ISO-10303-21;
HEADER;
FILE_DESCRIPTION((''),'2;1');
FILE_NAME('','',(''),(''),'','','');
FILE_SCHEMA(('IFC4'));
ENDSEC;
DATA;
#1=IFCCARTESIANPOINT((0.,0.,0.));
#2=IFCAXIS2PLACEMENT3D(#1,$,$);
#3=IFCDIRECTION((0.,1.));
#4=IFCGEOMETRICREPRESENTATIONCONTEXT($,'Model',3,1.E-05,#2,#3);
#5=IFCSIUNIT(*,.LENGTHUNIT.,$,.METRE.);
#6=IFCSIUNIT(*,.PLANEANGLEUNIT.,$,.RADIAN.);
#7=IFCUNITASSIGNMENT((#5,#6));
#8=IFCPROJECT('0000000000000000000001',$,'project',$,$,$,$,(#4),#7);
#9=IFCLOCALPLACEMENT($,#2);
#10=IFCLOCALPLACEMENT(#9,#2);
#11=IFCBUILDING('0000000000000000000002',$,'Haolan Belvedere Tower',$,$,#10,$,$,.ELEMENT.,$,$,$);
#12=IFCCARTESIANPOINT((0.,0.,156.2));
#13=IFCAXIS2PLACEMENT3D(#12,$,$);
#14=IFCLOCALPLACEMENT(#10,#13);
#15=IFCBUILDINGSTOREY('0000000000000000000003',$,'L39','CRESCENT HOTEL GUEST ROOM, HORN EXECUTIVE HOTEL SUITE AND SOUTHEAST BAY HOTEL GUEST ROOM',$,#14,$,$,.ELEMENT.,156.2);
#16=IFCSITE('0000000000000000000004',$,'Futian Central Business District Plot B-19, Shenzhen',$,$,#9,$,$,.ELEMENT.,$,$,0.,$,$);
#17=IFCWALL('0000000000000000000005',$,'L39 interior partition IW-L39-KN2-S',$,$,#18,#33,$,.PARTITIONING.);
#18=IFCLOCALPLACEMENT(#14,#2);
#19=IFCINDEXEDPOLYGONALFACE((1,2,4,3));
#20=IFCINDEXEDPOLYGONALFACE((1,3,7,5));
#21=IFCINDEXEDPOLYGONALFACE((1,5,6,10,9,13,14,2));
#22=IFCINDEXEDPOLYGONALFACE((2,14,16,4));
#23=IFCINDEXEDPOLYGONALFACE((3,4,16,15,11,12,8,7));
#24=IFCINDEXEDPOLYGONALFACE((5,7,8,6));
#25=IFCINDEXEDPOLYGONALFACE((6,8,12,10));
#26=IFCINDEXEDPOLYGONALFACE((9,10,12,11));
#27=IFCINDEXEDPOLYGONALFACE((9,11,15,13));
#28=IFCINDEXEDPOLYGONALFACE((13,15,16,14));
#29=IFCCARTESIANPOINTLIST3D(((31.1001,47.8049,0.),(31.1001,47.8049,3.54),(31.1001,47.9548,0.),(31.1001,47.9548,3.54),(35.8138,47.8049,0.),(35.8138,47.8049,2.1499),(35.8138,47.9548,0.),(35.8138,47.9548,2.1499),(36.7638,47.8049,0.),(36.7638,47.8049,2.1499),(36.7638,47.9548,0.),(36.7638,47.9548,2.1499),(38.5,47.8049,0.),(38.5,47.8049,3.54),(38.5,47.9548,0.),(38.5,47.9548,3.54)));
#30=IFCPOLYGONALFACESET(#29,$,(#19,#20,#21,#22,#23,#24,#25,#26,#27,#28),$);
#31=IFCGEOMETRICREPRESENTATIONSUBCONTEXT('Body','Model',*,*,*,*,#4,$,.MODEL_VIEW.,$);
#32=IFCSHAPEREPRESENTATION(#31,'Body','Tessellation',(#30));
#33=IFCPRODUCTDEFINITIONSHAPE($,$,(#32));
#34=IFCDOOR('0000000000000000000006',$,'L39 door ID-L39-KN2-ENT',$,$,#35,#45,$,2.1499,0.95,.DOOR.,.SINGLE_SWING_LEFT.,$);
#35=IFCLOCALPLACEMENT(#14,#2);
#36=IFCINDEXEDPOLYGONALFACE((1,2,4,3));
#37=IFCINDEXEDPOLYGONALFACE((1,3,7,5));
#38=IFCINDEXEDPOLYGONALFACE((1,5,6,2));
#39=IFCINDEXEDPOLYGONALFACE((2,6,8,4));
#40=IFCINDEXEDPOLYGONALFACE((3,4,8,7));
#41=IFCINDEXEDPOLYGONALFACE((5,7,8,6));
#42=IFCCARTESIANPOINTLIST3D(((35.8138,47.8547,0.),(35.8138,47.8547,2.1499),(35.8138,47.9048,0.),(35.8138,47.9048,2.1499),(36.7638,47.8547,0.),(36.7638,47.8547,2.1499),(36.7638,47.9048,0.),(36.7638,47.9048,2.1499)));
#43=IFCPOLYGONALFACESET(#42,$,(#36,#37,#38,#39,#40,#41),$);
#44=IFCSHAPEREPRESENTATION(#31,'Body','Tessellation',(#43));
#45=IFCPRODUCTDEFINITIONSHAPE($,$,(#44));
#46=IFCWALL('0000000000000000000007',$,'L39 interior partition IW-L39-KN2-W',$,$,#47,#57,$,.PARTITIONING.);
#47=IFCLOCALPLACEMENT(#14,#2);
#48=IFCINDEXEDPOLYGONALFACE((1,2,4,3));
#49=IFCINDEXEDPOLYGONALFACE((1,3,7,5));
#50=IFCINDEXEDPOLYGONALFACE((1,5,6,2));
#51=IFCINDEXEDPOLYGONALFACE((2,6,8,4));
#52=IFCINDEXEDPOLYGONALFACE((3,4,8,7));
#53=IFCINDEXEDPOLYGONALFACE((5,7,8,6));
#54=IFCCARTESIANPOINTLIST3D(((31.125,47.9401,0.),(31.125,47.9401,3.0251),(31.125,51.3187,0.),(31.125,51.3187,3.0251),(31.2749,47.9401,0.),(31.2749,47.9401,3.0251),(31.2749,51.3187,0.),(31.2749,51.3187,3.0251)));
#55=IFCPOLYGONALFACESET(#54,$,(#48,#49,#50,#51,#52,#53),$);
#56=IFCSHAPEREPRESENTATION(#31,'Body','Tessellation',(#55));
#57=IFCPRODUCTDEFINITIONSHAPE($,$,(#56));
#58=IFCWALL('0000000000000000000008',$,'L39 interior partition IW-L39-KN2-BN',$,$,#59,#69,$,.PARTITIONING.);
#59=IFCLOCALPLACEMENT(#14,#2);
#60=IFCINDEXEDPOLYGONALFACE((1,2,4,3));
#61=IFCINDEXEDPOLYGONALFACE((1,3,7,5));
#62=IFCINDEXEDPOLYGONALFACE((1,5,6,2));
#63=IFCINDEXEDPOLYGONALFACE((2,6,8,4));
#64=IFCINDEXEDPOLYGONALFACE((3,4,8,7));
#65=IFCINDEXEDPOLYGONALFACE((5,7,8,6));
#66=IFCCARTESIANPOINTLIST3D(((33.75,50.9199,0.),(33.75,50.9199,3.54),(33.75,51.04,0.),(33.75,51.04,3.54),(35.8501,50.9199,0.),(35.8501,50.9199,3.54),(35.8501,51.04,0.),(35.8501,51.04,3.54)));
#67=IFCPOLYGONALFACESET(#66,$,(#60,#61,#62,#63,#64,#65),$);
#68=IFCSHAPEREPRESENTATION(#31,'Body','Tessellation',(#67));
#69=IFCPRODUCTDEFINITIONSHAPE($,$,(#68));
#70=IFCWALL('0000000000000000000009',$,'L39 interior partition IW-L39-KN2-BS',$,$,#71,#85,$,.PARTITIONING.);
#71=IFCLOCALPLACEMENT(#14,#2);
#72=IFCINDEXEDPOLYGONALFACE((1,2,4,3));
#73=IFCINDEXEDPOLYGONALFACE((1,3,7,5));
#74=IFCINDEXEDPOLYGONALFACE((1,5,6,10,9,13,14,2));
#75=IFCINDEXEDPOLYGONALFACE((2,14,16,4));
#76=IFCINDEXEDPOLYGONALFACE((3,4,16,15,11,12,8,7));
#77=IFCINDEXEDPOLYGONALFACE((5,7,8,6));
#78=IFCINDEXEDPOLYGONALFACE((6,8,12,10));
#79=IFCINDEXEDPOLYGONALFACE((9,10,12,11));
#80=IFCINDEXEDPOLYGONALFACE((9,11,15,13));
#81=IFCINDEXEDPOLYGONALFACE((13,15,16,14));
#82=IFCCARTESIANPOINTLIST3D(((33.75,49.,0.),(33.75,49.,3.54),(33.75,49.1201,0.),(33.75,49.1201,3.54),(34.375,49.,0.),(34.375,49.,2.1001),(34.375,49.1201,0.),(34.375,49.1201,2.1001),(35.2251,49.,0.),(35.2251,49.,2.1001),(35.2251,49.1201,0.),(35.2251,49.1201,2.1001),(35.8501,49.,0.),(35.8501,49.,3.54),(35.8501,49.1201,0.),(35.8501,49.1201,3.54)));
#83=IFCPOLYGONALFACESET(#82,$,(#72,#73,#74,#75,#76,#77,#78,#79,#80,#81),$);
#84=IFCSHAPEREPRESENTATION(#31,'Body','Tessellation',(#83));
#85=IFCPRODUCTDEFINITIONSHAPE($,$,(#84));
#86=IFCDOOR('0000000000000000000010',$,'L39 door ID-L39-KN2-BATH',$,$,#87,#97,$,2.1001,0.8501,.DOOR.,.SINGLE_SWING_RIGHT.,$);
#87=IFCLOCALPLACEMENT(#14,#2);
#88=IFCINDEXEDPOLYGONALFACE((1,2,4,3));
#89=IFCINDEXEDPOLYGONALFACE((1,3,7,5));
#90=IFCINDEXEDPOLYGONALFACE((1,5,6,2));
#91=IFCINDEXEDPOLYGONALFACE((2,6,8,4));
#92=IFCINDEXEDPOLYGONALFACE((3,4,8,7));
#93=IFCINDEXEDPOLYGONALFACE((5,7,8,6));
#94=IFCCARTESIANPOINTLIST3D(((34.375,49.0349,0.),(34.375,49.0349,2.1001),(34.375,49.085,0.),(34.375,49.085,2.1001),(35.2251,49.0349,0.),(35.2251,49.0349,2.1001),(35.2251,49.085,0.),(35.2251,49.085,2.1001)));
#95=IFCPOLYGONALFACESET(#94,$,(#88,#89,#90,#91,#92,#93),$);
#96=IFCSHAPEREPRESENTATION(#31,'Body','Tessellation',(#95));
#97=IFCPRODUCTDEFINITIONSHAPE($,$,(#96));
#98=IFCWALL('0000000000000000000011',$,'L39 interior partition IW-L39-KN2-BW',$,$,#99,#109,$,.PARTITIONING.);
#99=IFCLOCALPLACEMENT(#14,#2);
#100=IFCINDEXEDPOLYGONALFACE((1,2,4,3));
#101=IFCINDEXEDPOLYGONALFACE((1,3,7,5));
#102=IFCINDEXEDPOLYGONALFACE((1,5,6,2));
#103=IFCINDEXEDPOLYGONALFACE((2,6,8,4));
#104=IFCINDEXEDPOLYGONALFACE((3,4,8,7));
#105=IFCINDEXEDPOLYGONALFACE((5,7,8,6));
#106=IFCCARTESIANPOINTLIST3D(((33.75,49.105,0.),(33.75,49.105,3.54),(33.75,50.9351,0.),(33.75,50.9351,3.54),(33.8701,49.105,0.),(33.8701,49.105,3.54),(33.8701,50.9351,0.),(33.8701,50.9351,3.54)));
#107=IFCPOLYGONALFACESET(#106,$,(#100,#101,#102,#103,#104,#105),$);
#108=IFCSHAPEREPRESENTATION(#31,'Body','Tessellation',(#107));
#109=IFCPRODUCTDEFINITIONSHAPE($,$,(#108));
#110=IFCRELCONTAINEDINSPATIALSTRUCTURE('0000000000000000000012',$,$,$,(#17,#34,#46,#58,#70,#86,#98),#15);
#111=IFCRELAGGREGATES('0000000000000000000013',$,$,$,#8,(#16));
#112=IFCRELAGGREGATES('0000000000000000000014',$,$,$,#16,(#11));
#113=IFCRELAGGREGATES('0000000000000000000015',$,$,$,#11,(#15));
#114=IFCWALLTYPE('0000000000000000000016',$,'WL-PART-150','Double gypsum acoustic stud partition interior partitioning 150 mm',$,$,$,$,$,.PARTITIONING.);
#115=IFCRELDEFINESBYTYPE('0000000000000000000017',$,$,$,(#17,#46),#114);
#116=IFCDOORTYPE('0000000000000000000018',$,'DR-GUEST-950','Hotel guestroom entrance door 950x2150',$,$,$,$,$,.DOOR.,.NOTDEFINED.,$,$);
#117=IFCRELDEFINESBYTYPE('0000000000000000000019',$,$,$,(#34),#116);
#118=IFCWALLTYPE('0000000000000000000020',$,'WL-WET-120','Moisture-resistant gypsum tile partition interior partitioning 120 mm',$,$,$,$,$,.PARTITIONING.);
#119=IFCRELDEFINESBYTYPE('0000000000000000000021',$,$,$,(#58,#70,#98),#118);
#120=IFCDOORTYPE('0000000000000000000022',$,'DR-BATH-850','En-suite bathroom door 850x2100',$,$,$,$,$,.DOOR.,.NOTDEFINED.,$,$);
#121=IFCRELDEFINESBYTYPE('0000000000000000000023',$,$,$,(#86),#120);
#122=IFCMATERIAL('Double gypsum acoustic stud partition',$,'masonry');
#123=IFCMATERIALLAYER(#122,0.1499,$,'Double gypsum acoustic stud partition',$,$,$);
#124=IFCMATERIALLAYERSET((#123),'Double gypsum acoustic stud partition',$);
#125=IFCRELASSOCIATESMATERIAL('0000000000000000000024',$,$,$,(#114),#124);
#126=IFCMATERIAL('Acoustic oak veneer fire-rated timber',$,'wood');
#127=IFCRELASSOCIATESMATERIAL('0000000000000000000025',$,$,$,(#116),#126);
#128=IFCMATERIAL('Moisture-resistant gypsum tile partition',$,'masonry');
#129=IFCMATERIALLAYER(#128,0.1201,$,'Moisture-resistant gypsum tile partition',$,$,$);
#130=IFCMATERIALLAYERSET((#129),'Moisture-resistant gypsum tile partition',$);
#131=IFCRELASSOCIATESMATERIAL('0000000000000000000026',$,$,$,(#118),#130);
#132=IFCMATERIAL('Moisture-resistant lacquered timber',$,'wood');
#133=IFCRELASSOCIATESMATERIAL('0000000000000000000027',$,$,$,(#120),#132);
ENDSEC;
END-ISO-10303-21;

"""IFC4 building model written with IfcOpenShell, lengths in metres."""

from ifc_helpers import new_model, si_unit, direction, frame, frame_2d, origin, place, context, subcontext, project, spatial, rectangle, extrude, material, layer, layer_set, type_object, element, fill, save


model = new_model("IFC4")

# Units and contexts
model_context = context("Model", 3, precision=1e-05, world=origin(), true_north=direction((0.0, 1.0)))
body_context = subcontext(model_context, "Body", "Model", "MODEL_VIEW")
ifc_project = project(units=[si_unit("LENGTHUNIT", "METRE"), si_unit("PLANEANGLEUNIT", "RADIAN")], contexts=[model_context])

# Site, building, storey
site_placement = place(None, origin())
site = spatial("IfcSite", under=ifc_project, at=site_placement, Name="Futian Central Business District Plot B-19, Shenzhen", CompositionType="ELEMENT", RefElevation=0.0)
building_placement = place(site_placement, origin())
building = spatial("IfcBuilding", under=site, at=building_placement, Name="Haolan Belvedere Tower", CompositionType="ELEMENT")
storey_placement = place(building_placement, frame((0.0, 0.0, 156.2)))
storey = spatial("IfcBuildingStorey", under=building, at=storey_placement, Name="L39", Description="CRESCENT HOTEL GUEST ROOM, HORN EXECUTIVE HOTEL SUITE AND SOUTHEAST BAY HOTEL GUEST ROOM", CompositionType="ELEMENT", Elevation=156.2)

# Wall, opening, door
ifc_material_1 = material(Name="Double gypsum acoustic stud partition", Category="masonry")
ifc_layer_1 = layer(ifc_material_1, 0.1499, Name="Double gypsum acoustic stud partition")
ifc_layer_set_1 = layer_set([ifc_layer_1], Name="Double gypsum acoustic stud partition")
wall_type_1 = type_object("IfcWallType", Name="WL-PART-150", Description="Double gypsum acoustic stud partition interior partitioning 150 mm", PredefinedType="PARTITIONING", material=ifc_layer_set_1)
wall_1_placement = place(storey_placement, frame((31.1001, 47.8799, 0.0), z_axis=(0.0, 0.0, 1.0), x_axis=(1.0, 0.0, 0.0)))
wall_1 = element("IfcWall", 1, at=wall_1_placement, inside=storey, type_object=wall_type_1, Name="L39 interior partition IW-L39-KN2-S", PredefinedType="PARTITIONING", context=body_context, shape_type="SweptSolid", body=[
    extrude(rectangle(XDim=7.3999, YDim=0.1499, at=frame_2d((3.7, 0.0))), origin(), (0.0, 0.0, 1.0), 3.54),
])
opening_1_placement = place(wall_1_placement, frame((4.7136, 0.0, 0.0)))
opening_1 = element("IfcOpeningElement", 2, at=opening_1_placement, cuts=wall_1, PredefinedType="OPENING", context=body_context, shape_type="SweptSolid", body=[
    extrude(rectangle(XDim=0.95, YDim=2.1499, at=frame_2d((0.4751, 1.075))), frame((0.0, 0.085, 0.0), z_axis=(0.0, -1.0, 0.0), x_axis=(1.0, 0.0, 0.0)), (0.0, 0.0, 1.0), 0.1699),
])
ifc_material_2 = material(Name="Acoustic oak veneer fire-rated timber", Category="wood")
door_type_1 = type_object("IfcDoorType", Name="DR-GUEST-950", Description="Hotel guestroom entrance door 950x2150", OperationType="NOTDEFINED", PredefinedType="DOOR", material=ifc_material_2)
door_1_placement = place(opening_1_placement, origin())
door_1 = element("IfcDoor", 3, at=door_1_placement, inside=storey, type_object=door_type_1, Name="L39 door ID-L39-KN2-ENT", OperationType="SINGLE_SWING_LEFT", OverallHeight=2.1499, OverallWidth=0.95, PredefinedType="DOOR", context=body_context, shape_type="SweptSolid", body=[
    extrude(rectangle(XDim=0.95, YDim=2.1499, at=frame_2d((0.4751, 1.075))), frame((0.0, 0.0249, 0.0), z_axis=(0.0, -1.0, 0.0), x_axis=(1.0, 0.0, 0.0)), (0.0, 0.0, 1.0), 0.05),
])
fill(opening_1, door_1)

# Walls
wall_2_placement = place(storey_placement, frame((31.2, 47.9399, 0.0), z_axis=(0.0, 0.0, 1.0), x_axis=(0.0, 1.0, 0.0)))
element("IfcWall", 4, at=wall_2_placement, inside=storey, type_object=wall_type_1, Name="L39 interior partition IW-L39-KN2-W", PredefinedType="PARTITIONING", context=body_context, shape_type="SweptSolid", body=[
    extrude(rectangle(XDim=3.3787, YDim=0.1499, at=frame_2d((1.6895, 0.0))), origin(), (0.0, 0.0, 1.0), 3.0251),
])
ifc_material_3 = material(Name="Moisture-resistant gypsum tile partition", Category="masonry")
ifc_layer_2 = layer(ifc_material_3, 0.1201, Name="Moisture-resistant gypsum tile partition")
ifc_layer_set_2 = layer_set([ifc_layer_2], Name="Moisture-resistant gypsum tile partition")
wall_type_2 = type_object("IfcWallType", Name="WL-WET-120", Description="Moisture-resistant gypsum tile partition interior partitioning 120 mm", PredefinedType="PARTITIONING", material=ifc_layer_set_2)
wall_3_placement = place(storey_placement, frame((33.75, 50.98, 0.0), z_axis=(0.0, 0.0, 1.0), x_axis=(1.0, 0.0, 0.0)))
element("IfcWall", 5, at=wall_3_placement, inside=storey, type_object=wall_type_2, Name="L39 interior partition IW-L39-KN2-BN", PredefinedType="PARTITIONING", context=body_context, shape_type="SweptSolid", body=[
    extrude(rectangle(XDim=2.1001, YDim=0.1201, at=frame_2d((1.05, 0.0))), origin(), (0.0, 0.0, 1.0), 3.54),
])

# Wall, opening, door
wall_4_placement = place(storey_placement, frame((33.75, 49.0601, 0.0), z_axis=(0.0, 0.0, 1.0), x_axis=(1.0, 0.0, 0.0)))
wall_4 = element("IfcWall", 6, at=wall_4_placement, inside=storey, type_object=wall_type_2, Name="L39 interior partition IW-L39-KN2-BS", PredefinedType="PARTITIONING", context=body_context, shape_type="SweptSolid", body=[
    extrude(rectangle(XDim=2.1001, YDim=0.1201, at=frame_2d((1.05, 0.0))), origin(), (0.0, 0.0, 1.0), 3.54),
])
opening_2_placement = place(wall_4_placement, frame((0.625, 0.0, 0.0)))
opening_2 = element("IfcOpeningElement", 7, at=opening_2_placement, cuts=wall_4, PredefinedType="OPENING", context=body_context, shape_type="SweptSolid", body=[
    extrude(rectangle(XDim=0.8501, YDim=2.1001, at=frame_2d((0.425, 1.05))), frame((0.0, 0.0701, 0.0), z_axis=(0.0, -1.0, 0.0), x_axis=(1.0, 0.0, 0.0)), (0.0, 0.0, 1.0), 0.1401),
])
ifc_material_4 = material(Name="Moisture-resistant lacquered timber", Category="wood")
door_type_2 = type_object("IfcDoorType", Name="DR-BATH-850", Description="En-suite bathroom door 850x2100", OperationType="NOTDEFINED", PredefinedType="DOOR", material=ifc_material_4)
door_2_placement = place(opening_2_placement, origin())
door_2 = element("IfcDoor", 8, at=door_2_placement, inside=storey, type_object=door_type_2, Name="L39 door ID-L39-KN2-BATH", OperationType="SINGLE_SWING_RIGHT", OverallHeight=2.1001, OverallWidth=0.8501, PredefinedType="DOOR", context=body_context, shape_type="SweptSolid", body=[
    extrude(rectangle(XDim=0.8501, YDim=2.1001, at=frame_2d((0.425, 1.05))), frame((0.0, 0.0249, 0.0), z_axis=(0.0, -1.0, 0.0), x_axis=(1.0, 0.0, 0.0)), (0.0, 0.0, 1.0), 0.05),
])
fill(opening_2, door_2)

# Wall
wall_5_placement = place(storey_placement, frame((33.8101, 49.105, 0.0), z_axis=(0.0, 0.0, 1.0), x_axis=(0.0, 1.0, 0.0)))
element("IfcWall", 9, at=wall_5_placement, inside=storey, type_object=wall_type_2, Name="L39 interior partition IW-L39-KN2-BW", PredefinedType="PARTITIONING", context=body_context, shape_type="SweptSolid", body=[
    extrude(rectangle(XDim=1.8301, YDim=0.1201, at=frame_2d((0.915, 0.0))), origin(), (0.0, 0.0, 1.0), 3.54),
])

save(model, "model.ifc")
